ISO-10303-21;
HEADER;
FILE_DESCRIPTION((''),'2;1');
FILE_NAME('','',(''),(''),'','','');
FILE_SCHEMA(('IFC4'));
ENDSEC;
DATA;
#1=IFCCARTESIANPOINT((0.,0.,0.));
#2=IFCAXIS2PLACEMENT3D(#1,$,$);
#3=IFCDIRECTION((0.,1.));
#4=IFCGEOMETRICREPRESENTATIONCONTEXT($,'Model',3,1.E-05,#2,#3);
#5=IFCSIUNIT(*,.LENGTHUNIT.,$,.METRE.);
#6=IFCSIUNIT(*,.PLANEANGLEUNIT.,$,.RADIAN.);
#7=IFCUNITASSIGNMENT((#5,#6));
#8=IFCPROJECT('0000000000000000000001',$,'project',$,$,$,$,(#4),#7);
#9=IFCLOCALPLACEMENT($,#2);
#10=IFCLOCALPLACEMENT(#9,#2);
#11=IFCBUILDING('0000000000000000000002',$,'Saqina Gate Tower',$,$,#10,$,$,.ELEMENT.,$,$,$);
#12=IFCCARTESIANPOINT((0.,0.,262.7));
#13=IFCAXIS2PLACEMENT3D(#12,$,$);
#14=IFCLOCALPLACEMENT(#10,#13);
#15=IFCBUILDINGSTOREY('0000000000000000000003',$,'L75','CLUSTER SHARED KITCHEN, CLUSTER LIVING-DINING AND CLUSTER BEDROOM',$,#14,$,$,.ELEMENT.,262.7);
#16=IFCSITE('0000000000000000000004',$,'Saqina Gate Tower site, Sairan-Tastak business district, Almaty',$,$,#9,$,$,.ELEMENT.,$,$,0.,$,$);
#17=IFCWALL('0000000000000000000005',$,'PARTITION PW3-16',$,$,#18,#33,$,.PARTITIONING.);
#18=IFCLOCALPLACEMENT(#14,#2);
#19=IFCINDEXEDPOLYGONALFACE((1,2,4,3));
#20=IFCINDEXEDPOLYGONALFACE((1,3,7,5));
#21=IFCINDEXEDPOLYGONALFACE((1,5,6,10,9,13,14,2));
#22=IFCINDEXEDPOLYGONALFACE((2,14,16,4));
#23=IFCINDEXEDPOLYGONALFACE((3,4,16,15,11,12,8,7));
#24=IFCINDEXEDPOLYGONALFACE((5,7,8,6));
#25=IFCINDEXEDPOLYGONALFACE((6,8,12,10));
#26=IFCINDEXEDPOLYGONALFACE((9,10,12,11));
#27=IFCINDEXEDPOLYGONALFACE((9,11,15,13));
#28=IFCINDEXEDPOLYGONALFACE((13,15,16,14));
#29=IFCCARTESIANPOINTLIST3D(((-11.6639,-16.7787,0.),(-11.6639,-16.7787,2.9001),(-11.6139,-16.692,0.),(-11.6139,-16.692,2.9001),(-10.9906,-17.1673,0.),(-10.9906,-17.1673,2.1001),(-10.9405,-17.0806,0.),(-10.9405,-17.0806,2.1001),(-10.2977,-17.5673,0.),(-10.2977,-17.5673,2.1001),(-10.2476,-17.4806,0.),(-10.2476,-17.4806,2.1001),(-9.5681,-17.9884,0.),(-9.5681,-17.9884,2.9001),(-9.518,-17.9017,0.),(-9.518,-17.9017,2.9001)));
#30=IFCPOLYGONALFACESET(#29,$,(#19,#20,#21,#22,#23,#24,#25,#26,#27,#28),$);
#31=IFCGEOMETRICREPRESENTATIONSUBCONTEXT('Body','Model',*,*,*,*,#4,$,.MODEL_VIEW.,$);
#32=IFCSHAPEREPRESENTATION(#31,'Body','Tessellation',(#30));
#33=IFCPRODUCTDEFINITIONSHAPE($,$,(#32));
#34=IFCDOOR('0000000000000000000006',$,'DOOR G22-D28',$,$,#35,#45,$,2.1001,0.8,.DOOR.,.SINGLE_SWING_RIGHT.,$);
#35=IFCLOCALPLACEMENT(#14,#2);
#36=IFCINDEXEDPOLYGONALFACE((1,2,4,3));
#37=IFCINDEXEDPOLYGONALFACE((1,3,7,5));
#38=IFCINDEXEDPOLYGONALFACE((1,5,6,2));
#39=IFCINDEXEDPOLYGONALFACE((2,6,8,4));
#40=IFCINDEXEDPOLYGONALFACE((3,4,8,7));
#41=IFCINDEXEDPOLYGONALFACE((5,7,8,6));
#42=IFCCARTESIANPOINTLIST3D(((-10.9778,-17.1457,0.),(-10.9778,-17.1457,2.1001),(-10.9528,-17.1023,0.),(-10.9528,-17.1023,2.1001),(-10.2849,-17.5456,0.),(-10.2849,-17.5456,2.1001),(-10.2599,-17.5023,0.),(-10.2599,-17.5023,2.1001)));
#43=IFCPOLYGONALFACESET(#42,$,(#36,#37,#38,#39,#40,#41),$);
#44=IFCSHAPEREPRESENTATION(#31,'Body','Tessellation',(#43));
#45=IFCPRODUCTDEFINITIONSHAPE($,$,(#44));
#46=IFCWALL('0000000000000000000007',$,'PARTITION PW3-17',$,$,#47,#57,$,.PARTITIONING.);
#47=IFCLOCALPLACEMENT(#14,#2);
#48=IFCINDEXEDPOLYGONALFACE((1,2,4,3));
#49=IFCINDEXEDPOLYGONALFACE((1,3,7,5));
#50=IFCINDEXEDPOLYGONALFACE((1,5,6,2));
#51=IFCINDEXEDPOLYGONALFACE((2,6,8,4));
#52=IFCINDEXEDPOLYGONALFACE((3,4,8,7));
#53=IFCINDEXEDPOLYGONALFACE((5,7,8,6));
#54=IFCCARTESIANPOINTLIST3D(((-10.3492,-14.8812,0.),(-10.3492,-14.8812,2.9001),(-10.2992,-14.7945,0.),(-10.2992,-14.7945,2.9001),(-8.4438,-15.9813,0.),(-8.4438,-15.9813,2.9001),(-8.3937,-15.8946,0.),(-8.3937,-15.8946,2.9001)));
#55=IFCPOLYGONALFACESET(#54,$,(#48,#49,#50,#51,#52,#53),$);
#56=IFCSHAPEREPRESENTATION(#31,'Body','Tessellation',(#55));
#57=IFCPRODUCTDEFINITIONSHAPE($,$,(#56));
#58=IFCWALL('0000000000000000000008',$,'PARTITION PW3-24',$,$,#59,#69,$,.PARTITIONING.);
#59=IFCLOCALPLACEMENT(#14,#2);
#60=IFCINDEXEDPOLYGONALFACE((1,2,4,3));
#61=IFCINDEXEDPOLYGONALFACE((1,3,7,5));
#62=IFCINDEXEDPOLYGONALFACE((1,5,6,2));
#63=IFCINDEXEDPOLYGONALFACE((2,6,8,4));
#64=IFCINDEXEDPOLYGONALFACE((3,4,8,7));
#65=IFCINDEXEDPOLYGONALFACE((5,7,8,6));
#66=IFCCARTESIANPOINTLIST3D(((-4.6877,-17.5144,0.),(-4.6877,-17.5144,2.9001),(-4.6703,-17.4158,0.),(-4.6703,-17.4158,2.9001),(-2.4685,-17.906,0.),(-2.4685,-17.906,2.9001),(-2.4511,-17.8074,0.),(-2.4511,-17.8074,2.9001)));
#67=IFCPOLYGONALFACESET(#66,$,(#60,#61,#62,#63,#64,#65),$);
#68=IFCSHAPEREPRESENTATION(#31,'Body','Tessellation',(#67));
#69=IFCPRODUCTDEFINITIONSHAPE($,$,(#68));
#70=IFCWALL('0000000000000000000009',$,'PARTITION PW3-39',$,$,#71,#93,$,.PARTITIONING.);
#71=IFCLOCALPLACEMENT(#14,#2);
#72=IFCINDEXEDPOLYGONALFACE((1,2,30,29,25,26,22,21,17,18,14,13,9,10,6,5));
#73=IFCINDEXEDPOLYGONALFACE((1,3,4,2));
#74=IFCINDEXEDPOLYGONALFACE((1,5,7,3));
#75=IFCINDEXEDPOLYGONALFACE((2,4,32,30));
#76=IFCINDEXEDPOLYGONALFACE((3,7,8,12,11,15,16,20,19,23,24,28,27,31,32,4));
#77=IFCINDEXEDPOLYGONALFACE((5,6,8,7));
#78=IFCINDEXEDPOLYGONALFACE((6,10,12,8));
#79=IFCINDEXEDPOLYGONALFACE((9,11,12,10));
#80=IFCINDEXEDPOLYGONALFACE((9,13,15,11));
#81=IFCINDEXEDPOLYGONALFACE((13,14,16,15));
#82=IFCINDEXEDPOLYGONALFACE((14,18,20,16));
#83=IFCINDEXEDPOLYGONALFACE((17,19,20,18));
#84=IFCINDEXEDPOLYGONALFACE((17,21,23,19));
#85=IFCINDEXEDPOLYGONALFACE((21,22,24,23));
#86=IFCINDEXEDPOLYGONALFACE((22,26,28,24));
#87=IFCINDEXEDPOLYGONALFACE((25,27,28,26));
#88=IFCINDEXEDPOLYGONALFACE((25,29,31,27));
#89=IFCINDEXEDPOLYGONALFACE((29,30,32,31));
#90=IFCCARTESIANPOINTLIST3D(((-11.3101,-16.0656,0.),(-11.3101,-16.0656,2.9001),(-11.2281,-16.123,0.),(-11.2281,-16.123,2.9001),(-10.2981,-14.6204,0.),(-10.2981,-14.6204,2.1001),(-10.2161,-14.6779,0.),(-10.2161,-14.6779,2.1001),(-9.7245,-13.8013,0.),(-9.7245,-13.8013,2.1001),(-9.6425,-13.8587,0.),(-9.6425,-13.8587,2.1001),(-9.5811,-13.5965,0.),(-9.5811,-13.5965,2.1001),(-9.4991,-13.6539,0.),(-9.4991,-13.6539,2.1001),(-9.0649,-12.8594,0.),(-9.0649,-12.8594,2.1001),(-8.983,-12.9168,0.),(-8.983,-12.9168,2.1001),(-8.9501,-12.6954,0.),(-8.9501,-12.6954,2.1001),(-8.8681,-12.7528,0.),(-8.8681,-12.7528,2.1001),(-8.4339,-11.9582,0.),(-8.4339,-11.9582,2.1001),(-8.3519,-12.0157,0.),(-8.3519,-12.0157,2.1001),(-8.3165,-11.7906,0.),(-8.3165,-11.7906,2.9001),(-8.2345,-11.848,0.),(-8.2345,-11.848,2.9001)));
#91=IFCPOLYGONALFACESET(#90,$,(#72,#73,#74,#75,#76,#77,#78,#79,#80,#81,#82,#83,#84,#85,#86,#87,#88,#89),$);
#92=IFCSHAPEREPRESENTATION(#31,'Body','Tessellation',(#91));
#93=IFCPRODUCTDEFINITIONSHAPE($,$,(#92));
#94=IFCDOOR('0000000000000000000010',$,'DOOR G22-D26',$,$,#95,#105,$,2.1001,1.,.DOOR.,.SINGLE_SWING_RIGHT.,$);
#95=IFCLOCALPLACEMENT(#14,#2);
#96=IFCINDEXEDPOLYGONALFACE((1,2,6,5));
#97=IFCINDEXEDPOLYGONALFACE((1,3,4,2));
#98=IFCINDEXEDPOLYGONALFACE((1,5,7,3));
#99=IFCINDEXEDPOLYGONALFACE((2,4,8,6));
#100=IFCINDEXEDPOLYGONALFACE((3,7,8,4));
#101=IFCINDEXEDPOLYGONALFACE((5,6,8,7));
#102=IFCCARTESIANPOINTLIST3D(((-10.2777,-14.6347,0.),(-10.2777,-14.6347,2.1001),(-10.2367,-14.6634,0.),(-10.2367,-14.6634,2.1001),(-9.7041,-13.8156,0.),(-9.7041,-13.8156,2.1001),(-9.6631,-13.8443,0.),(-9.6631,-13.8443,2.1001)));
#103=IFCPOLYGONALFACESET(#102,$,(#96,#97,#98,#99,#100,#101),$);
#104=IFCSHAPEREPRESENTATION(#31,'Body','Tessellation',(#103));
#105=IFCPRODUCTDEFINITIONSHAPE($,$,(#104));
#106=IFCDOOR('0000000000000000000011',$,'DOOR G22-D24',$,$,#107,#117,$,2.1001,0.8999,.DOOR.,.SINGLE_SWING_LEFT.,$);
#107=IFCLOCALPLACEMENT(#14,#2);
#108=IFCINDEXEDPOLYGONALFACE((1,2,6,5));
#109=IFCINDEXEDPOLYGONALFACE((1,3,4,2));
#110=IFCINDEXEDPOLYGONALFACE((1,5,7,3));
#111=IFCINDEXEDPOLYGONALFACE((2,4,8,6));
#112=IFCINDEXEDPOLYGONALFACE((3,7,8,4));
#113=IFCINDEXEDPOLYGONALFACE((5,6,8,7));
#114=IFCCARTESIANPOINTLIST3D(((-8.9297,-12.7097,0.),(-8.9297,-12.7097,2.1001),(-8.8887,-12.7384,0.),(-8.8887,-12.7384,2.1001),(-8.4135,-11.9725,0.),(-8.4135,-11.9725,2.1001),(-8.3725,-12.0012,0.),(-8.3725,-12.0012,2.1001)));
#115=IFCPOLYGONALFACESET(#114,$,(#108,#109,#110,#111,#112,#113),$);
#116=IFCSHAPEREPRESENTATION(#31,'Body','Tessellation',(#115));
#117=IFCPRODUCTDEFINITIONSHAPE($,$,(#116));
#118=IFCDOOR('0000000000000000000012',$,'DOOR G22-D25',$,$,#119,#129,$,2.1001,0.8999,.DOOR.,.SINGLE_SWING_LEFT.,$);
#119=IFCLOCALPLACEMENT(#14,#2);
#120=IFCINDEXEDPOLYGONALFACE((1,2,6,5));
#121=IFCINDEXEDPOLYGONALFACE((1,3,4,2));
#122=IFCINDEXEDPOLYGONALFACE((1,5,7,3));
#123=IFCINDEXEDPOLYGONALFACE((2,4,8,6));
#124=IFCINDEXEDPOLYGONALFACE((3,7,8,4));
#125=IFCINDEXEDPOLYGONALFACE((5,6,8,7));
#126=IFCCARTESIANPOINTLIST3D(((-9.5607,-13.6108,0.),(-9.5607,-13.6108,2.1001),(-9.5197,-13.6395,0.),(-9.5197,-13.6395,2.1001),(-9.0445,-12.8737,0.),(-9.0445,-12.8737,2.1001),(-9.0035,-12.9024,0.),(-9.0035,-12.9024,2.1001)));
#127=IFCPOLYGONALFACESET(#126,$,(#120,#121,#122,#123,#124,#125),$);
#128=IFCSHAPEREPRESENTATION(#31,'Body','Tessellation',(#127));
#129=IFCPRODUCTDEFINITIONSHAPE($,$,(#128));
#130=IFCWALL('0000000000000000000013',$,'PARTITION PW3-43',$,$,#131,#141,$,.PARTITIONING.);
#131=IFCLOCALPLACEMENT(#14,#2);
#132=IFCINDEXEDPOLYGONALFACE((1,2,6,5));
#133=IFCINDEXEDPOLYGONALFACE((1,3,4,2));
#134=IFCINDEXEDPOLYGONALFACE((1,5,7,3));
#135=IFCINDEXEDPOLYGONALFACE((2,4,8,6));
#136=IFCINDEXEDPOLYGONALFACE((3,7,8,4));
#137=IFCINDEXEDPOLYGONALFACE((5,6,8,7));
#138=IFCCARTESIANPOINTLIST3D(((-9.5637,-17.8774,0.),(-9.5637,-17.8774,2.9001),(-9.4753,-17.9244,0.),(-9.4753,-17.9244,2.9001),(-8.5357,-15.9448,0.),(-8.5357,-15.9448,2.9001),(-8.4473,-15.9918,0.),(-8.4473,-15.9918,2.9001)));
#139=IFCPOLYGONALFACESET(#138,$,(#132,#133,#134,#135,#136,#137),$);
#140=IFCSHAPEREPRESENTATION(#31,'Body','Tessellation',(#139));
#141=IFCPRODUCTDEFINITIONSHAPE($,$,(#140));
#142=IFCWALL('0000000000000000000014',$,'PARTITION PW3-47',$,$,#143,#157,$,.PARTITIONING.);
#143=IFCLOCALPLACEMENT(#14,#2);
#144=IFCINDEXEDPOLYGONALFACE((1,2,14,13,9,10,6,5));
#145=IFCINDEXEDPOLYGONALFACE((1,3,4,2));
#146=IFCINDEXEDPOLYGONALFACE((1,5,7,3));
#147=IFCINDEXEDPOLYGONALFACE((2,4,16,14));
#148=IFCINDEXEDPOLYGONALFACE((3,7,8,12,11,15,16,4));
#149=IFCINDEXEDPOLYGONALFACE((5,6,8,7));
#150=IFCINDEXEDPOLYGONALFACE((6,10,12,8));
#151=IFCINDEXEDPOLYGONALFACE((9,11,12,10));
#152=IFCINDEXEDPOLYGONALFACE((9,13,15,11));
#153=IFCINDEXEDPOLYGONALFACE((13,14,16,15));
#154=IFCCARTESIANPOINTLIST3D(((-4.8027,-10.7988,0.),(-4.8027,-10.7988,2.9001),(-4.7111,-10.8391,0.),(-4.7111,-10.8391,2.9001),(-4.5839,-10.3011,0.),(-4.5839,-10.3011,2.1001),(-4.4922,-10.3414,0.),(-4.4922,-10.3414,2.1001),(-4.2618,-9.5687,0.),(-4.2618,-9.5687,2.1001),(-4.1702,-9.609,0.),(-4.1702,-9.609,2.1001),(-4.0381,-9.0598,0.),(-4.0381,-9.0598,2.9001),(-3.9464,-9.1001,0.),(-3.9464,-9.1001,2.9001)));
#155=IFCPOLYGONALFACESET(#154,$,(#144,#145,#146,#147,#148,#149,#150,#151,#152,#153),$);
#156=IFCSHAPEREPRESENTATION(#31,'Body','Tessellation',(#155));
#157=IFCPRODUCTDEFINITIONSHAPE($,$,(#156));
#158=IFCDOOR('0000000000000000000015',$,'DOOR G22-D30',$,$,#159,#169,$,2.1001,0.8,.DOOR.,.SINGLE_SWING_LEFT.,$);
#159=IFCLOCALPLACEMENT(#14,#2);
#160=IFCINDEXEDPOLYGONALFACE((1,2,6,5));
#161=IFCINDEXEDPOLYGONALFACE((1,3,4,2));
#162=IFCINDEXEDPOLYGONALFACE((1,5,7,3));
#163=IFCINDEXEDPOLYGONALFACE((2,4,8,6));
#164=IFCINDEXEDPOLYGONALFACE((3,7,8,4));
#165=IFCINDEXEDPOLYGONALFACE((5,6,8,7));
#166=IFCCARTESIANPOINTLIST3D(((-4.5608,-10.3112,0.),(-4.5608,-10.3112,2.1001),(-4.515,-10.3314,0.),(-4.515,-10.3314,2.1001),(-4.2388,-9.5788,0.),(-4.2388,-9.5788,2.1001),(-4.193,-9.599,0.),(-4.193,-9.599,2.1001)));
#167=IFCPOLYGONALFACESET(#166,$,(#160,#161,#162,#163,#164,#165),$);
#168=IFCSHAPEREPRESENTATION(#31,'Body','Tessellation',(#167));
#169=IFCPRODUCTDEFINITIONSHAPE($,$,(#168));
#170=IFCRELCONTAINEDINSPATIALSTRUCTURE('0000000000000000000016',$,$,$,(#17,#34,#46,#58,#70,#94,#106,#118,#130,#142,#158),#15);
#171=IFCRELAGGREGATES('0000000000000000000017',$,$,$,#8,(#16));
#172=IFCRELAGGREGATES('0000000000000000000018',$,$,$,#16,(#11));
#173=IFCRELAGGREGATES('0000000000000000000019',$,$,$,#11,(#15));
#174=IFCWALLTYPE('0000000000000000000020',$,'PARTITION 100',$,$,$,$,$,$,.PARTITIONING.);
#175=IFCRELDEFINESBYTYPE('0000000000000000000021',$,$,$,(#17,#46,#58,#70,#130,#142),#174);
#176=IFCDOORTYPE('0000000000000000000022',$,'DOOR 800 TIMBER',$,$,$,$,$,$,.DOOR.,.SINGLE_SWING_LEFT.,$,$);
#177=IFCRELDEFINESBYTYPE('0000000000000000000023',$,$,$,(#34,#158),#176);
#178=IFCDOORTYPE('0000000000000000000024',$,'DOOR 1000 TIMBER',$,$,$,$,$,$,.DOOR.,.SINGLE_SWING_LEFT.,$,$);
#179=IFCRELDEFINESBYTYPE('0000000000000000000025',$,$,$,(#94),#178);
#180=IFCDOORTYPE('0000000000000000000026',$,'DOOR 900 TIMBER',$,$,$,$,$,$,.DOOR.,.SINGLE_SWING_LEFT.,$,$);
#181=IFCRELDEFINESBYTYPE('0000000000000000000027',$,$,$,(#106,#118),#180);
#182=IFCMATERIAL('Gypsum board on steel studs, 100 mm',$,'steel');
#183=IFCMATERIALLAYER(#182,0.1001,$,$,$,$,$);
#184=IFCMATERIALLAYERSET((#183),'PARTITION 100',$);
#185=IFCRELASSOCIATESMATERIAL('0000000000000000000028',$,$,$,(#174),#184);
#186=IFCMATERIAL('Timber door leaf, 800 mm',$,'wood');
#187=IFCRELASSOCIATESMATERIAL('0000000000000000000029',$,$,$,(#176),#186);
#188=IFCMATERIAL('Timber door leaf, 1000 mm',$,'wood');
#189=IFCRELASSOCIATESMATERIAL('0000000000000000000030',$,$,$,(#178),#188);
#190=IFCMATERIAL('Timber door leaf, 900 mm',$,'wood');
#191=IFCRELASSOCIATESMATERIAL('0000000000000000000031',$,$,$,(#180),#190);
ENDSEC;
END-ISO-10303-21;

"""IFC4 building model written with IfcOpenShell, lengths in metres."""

from ifc_helpers import new_model, si_unit, direction, frame, frame_2d, origin, place, context, subcontext, project, spatial, rectangle, extrude, material, layer, layer_set, type_object, element, fill, save


model = new_model("IFC4")

# Units and contexts
model_context = context("Model", 3, precision=1e-05, world=origin(), true_north=direction((0.0, 1.0)))
body_context = subcontext(model_context, "Body", "Model", "MODEL_VIEW")
ifc_project = project(units=[si_unit("LENGTHUNIT", "METRE"), si_unit("PLANEANGLEUNIT", "RADIAN")], contexts=[model_context])

# Site, building, storey
site_placement = place(None, origin())
site = spatial("IfcSite", under=ifc_project, at=site_placement, Name="Saqina Gate Tower site, Sairan-Tastak business district, Almaty", CompositionType="ELEMENT", RefElevation=0.0)
building_placement = place(site_placement, origin())
building = spatial("IfcBuilding", under=site, at=building_placement, Name="Saqina Gate Tower", CompositionType="ELEMENT")
storey_placement = place(building_placement, frame((0.0, 0.0, 262.7)))
storey = spatial("IfcBuildingStorey", under=building, at=storey_placement, Name="L75", Description="CLUSTER SHARED KITCHEN, CLUSTER LIVING-DINING AND CLUSTER BEDROOM", CompositionType="ELEMENT", Elevation=262.7)

# Wall, opening, door
ifc_material_1 = material(Name="Gypsum board on steel studs, 100 mm", Category="steel")
ifc_layer_1 = layer(ifc_material_1, 0.1001)
ifc_layer_set_1 = layer_set([ifc_layer_1], Name="PARTITION 100")
wall_type_1 = type_object("IfcWallType", Name="PARTITION 100", PredefinedType="PARTITIONING", material=ifc_layer_set_1)
wall_1_placement = place(storey_placement, frame((-11.6389, -16.7354, 0.0), z_axis=(0.0, 0.0, 1.0), x_axis=(0.866093, -0.499883, 0.0)))
wall_1 = element("IfcWall", 1, at=wall_1_placement, inside=storey, type_object=wall_type_1, Name="PARTITION PW3-16", PredefinedType="PARTITIONING", context=body_context, shape_type="SweptSolid", body=[
    extrude(rectangle(XDim=2.4199, YDim=0.1001, at=frame_2d((1.21, 0.0))), origin(), (0.0, 0.0, 1.0), 2.9001),
])
opening_1_placement = place(wall_1_placement, frame((0.7776, 0.0, 0.0)))
opening_1 = element("IfcOpeningElement", 2, at=opening_1_placement, cuts=wall_1, PredefinedType="OPENING", context=body_context, shape_type="SweptSolid", body=[
    extrude(rectangle(XDim=0.8, YDim=2.1001, at=frame_2d((0.3999, 1.05))), frame((0.0, 0.062, 0.0), z_axis=(0.0, -1.0, 0.0), x_axis=(1.0, 0.0, 0.0)), (0.0, 0.0, 1.0), 0.124),
])
ifc_material_2 = material(Name="Timber door leaf, 800 mm", Category="wood")
door_type_1 = type_object("IfcDoorType", Name="DOOR 800 TIMBER", OperationType="SINGLE_SWING_LEFT", PredefinedType="DOOR", material=ifc_material_2)
door_1_placement = place(opening_1_placement, frame((0.8, 0.0, 0.0), z_axis=(0.0, 0.0, 1.0), x_axis=(-1.0, 0.0, 0.0)))
door_1 = element("IfcDoor", 3, at=door_1_placement, inside=storey, type_object=door_type_1, Name="DOOR G22-D28", OperationType="SINGLE_SWING_RIGHT", OverallHeight=2.1001, OverallWidth=0.8, PredefinedType="DOOR", context=body_context, shape_type="SweptSolid", body=[
    extrude(rectangle(XDim=0.8, YDim=2.1001, at=frame_2d((0.3999, 1.05))), frame((0.0, 0.0249, 0.0), z_axis=(0.0, -1.0, 0.0), x_axis=(1.0, 0.0, 0.0)), (0.0, 0.0, 1.0), 0.05),
])
fill(opening_1, door_1)

# Walls
wall_2_placement = place(storey_placement, frame((-10.3242, -14.8379, 0.0), z_axis=(0.0, 0.0, 1.0), x_axis=(0.866036, -0.499982, 0.0)))
element("IfcWall", 4, at=wall_2_placement, inside=storey, type_object=wall_type_1, Name="PARTITION PW3-17", PredefinedType="PARTITIONING", context=body_context, shape_type="SweptSolid", body=[
    extrude(rectangle(XDim=2.2002, YDim=0.1001, at=frame_2d((1.1001, 0.0))), origin(), (0.0, 0.0, 1.0), 2.9001),
])
wall_3_placement = place(storey_placement, frame((-4.679, -17.4651, 0.0), z_axis=(0.0, 0.0, 1.0), x_axis=(0.984786, -0.173773, 0.0)))
element("IfcWall", 5, at=wall_3_placement, inside=storey, type_object=wall_type_1, Name="PARTITION PW3-24", PredefinedType="PARTITIONING", context=body_context, shape_type="SweptSolid", body=[
    extrude(rectangle(XDim=2.2534, YDim=0.1001, at=frame_2d((1.1267, 0.0))), origin(), (0.0, 0.0, 1.0), 2.9001),
])

# Wall, openings, doors
wall_4_placement = place(storey_placement, frame((-11.269, -16.0942, 0.0), z_axis=(0.0, 0.0, 1.0), x_axis=(0.573597, 0.819137, 0.0)))
wall_4 = element("IfcWall", 6, at=wall_4_placement, inside=storey, type_object=wall_type_1, Name="PARTITION PW3-39", PredefinedType="PARTITIONING", context=body_context, shape_type="SweptSolid", body=[
    extrude(rectangle(XDim=5.219, YDim=0.1001, at=frame_2d((2.6094, 0.0))), origin(), (0.0, 0.0, 1.0), 2.9001),
])
opening_2_placement = place(wall_4_placement, frame((4.1143, 0.0, 0.0)))
opening_2 = element("IfcOpeningElement", 7, at=opening_2_placement, cuts=wall_4, PredefinedType="OPENING", context=body_context, shape_type="SweptSolid", body=[
    extrude(rectangle(XDim=0.8999, YDim=2.1001, at=frame_2d((0.45, 1.05))), frame((0.0, 0.062, 0.0), z_axis=(0.0, -1.0, 0.0), x_axis=(1.0, 0.0, 0.0)), (0.0, 0.0, 1.0), 0.124),
])
opening_3_placement = place(wall_4_placement, frame((3.0142, 0.0, 0.0)))
opening_3 = element("IfcOpeningElement", 8, at=opening_3_placement, cuts=wall_4, PredefinedType="OPENING", context=body_context, shape_type="SweptSolid", body=[
    extrude(rectangle(XDim=0.8999, YDim=2.1001, at=frame_2d((0.45, 1.05))), frame((0.0, 0.062, 0.0), z_axis=(0.0, -1.0, 0.0), x_axis=(1.0, 0.0, 0.0)), (0.0, 0.0, 1.0), 0.124),
])
opening_4_placement = place(wall_4_placement, frame((1.7642, 0.0, 0.0)))
opening_4 = element("IfcOpeningElement", 9, at=opening_4_placement, cuts=wall_4, PredefinedType="OPENING", context=body_context, shape_type="SweptSolid", body=[
    extrude(rectangle(XDim=1.0, YDim=2.1001, at=frame_2d((0.5, 1.05))), frame((0.0, 0.062, 0.0), z_axis=(0.0, -1.0, 0.0), x_axis=(1.0, 0.0, 0.0)), (0.0, 0.0, 1.0), 0.124),
])
ifc_material_3 = material(Name="Timber door leaf, 1000 mm", Category="wood")
door_type_2 = type_object("IfcDoorType", Name="DOOR 1000 TIMBER", OperationType="SINGLE_SWING_LEFT", PredefinedType="DOOR", material=ifc_material_3)
door_2_placement = place(opening_4_placement, frame((1.0, 0.0, 0.0), z_axis=(0.0, 0.0, 1.0), x_axis=(-1.0, 0.0, 0.0)))
door_2 = element("IfcDoor", 10, at=door_2_placement, inside=storey, type_object=door_type_2, Name="DOOR G22-D26", OperationType="SINGLE_SWING_RIGHT", OverallHeight=2.1001, OverallWidth=1.0, PredefinedType="DOOR", context=body_context, shape_type="SweptSolid", body=[
    extrude(rectangle(XDim=1.0, YDim=2.1001, at=frame_2d((0.5, 1.05))), frame((0.0, 0.0249, 0.0), z_axis=(0.0, -1.0, 0.0), x_axis=(1.0, 0.0, 0.0)), (0.0, 0.0, 1.0), 0.05),
])
fill(opening_4, door_2)
ifc_material_4 = material(Name="Timber door leaf, 900 mm", Category="wood")
door_type_3 = type_object("IfcDoorType", Name="DOOR 900 TIMBER", OperationType="SINGLE_SWING_LEFT", PredefinedType="DOOR", material=ifc_material_4)
door_3_placement = place(opening_2_placement, frame((0.8999, 0.0, 0.0), z_axis=(0.0, 0.0, 1.0), x_axis=(-1.0, 0.0, 0.0)))
door_3 = element("IfcDoor", 11, at=door_3_placement, inside=storey, type_object=door_type_3, Name="DOOR G22-D24", OperationType="SINGLE_SWING_LEFT", OverallHeight=2.1001, OverallWidth=0.8999, PredefinedType="DOOR", context=body_context, shape_type="SweptSolid", body=[
    extrude(rectangle(XDim=0.8999, YDim=2.1001, at=frame_2d((0.45, 1.05))), frame((0.0, 0.0249, 0.0), z_axis=(0.0, -1.0, 0.0), x_axis=(1.0, 0.0, 0.0)), (0.0, 0.0, 1.0), 0.05),
])
fill(opening_2, door_3)
door_4_placement = place(opening_3_placement, frame((0.8999, 0.0, 0.0), z_axis=(0.0, 0.0, 1.0), x_axis=(-1.0, 0.0, 0.0)))
door_4 = element("IfcDoor", 12, at=door_4_placement, inside=storey, type_object=door_type_3, Name="DOOR G22-D25", OperationType="SINGLE_SWING_LEFT", OverallHeight=2.1001, OverallWidth=0.8999, PredefinedType="DOOR", context=body_context, shape_type="SweptSolid", body=[
    extrude(rectangle(XDim=0.8999, YDim=2.1001, at=frame_2d((0.45, 1.05))), frame((0.0, 0.0249, 0.0), z_axis=(0.0, -1.0, 0.0), x_axis=(1.0, 0.0, 0.0)), (0.0, 0.0, 1.0), 0.05),
])
fill(opening_3, door_4)

# Wall
wall_5_placement = place(storey_placement, frame((-9.5195, -17.9009, 0.0), z_axis=(0.0, 0.0, 1.0), x_axis=(0.469644, 0.882856, 0.0)))
element("IfcWall", 13, at=wall_5_placement, inside=storey, type_object=wall_type_1, Name="PARTITION PW3-43", PredefinedType="PARTITIONING", context=body_context, shape_type="SweptSolid", body=[
    extrude(rectangle(XDim=2.189, YDim=0.1001, at=frame_2d((1.0945, 0.0))), origin(), (0.0, 0.0, 1.0), 2.9001),
])

# Wall, opening, door
wall_6_placement = place(storey_placement, frame((-4.7568, -10.8188, 0.0), z_axis=(0.0, 0.0, 1.0), x_axis=(0.40251, 0.915415, 0.0)))
wall_6 = element("IfcWall", 14, at=wall_6_placement, inside=storey, type_object=wall_type_1, Name="PARTITION PW3-47", PredefinedType="PARTITIONING", context=body_context, shape_type="SweptSolid", body=[
    extrude(rectangle(XDim=1.8997, YDim=0.1001, at=frame_2d((0.9497, 0.0))), origin(), (0.0, 0.0, 1.0), 2.9001),
])
opening_5_placement = place(wall_6_placement, frame((0.5437, 0.0, 0.0)))
opening_5 = element("IfcOpeningElement", 15, at=opening_5_placement, cuts=wall_6, PredefinedType="OPENING", context=body_context, shape_type="SweptSolid", body=[
    extrude(rectangle(XDim=0.8, YDim=2.1001, at=frame_2d((0.3999, 1.05))), frame((0.0, 0.062, 0.0), z_axis=(0.0, -1.0, 0.0), x_axis=(1.0, 0.0, 0.0)), (0.0, 0.0, 1.0), 0.124),
])
door_5_placement = place(opening_5_placement, origin())
door_5 = element("IfcDoor", 16, at=door_5_placement, inside=storey, type_object=door_type_1, Name="DOOR G22-D30", OperationType="SINGLE_SWING_LEFT", OverallHeight=2.1001, OverallWidth=0.8, PredefinedType="DOOR", context=body_context, shape_type="SweptSolid", body=[
    extrude(rectangle(XDim=0.8, YDim=2.1001, at=frame_2d((0.3999, 1.05))), frame((0.0, 0.0249, 0.0), z_axis=(0.0, -1.0, 0.0), x_axis=(1.0, 0.0, 0.0)), (0.0, 0.0, 1.0), 0.05),
])
fill(opening_5, door_5)

save(model, "model.ifc")
